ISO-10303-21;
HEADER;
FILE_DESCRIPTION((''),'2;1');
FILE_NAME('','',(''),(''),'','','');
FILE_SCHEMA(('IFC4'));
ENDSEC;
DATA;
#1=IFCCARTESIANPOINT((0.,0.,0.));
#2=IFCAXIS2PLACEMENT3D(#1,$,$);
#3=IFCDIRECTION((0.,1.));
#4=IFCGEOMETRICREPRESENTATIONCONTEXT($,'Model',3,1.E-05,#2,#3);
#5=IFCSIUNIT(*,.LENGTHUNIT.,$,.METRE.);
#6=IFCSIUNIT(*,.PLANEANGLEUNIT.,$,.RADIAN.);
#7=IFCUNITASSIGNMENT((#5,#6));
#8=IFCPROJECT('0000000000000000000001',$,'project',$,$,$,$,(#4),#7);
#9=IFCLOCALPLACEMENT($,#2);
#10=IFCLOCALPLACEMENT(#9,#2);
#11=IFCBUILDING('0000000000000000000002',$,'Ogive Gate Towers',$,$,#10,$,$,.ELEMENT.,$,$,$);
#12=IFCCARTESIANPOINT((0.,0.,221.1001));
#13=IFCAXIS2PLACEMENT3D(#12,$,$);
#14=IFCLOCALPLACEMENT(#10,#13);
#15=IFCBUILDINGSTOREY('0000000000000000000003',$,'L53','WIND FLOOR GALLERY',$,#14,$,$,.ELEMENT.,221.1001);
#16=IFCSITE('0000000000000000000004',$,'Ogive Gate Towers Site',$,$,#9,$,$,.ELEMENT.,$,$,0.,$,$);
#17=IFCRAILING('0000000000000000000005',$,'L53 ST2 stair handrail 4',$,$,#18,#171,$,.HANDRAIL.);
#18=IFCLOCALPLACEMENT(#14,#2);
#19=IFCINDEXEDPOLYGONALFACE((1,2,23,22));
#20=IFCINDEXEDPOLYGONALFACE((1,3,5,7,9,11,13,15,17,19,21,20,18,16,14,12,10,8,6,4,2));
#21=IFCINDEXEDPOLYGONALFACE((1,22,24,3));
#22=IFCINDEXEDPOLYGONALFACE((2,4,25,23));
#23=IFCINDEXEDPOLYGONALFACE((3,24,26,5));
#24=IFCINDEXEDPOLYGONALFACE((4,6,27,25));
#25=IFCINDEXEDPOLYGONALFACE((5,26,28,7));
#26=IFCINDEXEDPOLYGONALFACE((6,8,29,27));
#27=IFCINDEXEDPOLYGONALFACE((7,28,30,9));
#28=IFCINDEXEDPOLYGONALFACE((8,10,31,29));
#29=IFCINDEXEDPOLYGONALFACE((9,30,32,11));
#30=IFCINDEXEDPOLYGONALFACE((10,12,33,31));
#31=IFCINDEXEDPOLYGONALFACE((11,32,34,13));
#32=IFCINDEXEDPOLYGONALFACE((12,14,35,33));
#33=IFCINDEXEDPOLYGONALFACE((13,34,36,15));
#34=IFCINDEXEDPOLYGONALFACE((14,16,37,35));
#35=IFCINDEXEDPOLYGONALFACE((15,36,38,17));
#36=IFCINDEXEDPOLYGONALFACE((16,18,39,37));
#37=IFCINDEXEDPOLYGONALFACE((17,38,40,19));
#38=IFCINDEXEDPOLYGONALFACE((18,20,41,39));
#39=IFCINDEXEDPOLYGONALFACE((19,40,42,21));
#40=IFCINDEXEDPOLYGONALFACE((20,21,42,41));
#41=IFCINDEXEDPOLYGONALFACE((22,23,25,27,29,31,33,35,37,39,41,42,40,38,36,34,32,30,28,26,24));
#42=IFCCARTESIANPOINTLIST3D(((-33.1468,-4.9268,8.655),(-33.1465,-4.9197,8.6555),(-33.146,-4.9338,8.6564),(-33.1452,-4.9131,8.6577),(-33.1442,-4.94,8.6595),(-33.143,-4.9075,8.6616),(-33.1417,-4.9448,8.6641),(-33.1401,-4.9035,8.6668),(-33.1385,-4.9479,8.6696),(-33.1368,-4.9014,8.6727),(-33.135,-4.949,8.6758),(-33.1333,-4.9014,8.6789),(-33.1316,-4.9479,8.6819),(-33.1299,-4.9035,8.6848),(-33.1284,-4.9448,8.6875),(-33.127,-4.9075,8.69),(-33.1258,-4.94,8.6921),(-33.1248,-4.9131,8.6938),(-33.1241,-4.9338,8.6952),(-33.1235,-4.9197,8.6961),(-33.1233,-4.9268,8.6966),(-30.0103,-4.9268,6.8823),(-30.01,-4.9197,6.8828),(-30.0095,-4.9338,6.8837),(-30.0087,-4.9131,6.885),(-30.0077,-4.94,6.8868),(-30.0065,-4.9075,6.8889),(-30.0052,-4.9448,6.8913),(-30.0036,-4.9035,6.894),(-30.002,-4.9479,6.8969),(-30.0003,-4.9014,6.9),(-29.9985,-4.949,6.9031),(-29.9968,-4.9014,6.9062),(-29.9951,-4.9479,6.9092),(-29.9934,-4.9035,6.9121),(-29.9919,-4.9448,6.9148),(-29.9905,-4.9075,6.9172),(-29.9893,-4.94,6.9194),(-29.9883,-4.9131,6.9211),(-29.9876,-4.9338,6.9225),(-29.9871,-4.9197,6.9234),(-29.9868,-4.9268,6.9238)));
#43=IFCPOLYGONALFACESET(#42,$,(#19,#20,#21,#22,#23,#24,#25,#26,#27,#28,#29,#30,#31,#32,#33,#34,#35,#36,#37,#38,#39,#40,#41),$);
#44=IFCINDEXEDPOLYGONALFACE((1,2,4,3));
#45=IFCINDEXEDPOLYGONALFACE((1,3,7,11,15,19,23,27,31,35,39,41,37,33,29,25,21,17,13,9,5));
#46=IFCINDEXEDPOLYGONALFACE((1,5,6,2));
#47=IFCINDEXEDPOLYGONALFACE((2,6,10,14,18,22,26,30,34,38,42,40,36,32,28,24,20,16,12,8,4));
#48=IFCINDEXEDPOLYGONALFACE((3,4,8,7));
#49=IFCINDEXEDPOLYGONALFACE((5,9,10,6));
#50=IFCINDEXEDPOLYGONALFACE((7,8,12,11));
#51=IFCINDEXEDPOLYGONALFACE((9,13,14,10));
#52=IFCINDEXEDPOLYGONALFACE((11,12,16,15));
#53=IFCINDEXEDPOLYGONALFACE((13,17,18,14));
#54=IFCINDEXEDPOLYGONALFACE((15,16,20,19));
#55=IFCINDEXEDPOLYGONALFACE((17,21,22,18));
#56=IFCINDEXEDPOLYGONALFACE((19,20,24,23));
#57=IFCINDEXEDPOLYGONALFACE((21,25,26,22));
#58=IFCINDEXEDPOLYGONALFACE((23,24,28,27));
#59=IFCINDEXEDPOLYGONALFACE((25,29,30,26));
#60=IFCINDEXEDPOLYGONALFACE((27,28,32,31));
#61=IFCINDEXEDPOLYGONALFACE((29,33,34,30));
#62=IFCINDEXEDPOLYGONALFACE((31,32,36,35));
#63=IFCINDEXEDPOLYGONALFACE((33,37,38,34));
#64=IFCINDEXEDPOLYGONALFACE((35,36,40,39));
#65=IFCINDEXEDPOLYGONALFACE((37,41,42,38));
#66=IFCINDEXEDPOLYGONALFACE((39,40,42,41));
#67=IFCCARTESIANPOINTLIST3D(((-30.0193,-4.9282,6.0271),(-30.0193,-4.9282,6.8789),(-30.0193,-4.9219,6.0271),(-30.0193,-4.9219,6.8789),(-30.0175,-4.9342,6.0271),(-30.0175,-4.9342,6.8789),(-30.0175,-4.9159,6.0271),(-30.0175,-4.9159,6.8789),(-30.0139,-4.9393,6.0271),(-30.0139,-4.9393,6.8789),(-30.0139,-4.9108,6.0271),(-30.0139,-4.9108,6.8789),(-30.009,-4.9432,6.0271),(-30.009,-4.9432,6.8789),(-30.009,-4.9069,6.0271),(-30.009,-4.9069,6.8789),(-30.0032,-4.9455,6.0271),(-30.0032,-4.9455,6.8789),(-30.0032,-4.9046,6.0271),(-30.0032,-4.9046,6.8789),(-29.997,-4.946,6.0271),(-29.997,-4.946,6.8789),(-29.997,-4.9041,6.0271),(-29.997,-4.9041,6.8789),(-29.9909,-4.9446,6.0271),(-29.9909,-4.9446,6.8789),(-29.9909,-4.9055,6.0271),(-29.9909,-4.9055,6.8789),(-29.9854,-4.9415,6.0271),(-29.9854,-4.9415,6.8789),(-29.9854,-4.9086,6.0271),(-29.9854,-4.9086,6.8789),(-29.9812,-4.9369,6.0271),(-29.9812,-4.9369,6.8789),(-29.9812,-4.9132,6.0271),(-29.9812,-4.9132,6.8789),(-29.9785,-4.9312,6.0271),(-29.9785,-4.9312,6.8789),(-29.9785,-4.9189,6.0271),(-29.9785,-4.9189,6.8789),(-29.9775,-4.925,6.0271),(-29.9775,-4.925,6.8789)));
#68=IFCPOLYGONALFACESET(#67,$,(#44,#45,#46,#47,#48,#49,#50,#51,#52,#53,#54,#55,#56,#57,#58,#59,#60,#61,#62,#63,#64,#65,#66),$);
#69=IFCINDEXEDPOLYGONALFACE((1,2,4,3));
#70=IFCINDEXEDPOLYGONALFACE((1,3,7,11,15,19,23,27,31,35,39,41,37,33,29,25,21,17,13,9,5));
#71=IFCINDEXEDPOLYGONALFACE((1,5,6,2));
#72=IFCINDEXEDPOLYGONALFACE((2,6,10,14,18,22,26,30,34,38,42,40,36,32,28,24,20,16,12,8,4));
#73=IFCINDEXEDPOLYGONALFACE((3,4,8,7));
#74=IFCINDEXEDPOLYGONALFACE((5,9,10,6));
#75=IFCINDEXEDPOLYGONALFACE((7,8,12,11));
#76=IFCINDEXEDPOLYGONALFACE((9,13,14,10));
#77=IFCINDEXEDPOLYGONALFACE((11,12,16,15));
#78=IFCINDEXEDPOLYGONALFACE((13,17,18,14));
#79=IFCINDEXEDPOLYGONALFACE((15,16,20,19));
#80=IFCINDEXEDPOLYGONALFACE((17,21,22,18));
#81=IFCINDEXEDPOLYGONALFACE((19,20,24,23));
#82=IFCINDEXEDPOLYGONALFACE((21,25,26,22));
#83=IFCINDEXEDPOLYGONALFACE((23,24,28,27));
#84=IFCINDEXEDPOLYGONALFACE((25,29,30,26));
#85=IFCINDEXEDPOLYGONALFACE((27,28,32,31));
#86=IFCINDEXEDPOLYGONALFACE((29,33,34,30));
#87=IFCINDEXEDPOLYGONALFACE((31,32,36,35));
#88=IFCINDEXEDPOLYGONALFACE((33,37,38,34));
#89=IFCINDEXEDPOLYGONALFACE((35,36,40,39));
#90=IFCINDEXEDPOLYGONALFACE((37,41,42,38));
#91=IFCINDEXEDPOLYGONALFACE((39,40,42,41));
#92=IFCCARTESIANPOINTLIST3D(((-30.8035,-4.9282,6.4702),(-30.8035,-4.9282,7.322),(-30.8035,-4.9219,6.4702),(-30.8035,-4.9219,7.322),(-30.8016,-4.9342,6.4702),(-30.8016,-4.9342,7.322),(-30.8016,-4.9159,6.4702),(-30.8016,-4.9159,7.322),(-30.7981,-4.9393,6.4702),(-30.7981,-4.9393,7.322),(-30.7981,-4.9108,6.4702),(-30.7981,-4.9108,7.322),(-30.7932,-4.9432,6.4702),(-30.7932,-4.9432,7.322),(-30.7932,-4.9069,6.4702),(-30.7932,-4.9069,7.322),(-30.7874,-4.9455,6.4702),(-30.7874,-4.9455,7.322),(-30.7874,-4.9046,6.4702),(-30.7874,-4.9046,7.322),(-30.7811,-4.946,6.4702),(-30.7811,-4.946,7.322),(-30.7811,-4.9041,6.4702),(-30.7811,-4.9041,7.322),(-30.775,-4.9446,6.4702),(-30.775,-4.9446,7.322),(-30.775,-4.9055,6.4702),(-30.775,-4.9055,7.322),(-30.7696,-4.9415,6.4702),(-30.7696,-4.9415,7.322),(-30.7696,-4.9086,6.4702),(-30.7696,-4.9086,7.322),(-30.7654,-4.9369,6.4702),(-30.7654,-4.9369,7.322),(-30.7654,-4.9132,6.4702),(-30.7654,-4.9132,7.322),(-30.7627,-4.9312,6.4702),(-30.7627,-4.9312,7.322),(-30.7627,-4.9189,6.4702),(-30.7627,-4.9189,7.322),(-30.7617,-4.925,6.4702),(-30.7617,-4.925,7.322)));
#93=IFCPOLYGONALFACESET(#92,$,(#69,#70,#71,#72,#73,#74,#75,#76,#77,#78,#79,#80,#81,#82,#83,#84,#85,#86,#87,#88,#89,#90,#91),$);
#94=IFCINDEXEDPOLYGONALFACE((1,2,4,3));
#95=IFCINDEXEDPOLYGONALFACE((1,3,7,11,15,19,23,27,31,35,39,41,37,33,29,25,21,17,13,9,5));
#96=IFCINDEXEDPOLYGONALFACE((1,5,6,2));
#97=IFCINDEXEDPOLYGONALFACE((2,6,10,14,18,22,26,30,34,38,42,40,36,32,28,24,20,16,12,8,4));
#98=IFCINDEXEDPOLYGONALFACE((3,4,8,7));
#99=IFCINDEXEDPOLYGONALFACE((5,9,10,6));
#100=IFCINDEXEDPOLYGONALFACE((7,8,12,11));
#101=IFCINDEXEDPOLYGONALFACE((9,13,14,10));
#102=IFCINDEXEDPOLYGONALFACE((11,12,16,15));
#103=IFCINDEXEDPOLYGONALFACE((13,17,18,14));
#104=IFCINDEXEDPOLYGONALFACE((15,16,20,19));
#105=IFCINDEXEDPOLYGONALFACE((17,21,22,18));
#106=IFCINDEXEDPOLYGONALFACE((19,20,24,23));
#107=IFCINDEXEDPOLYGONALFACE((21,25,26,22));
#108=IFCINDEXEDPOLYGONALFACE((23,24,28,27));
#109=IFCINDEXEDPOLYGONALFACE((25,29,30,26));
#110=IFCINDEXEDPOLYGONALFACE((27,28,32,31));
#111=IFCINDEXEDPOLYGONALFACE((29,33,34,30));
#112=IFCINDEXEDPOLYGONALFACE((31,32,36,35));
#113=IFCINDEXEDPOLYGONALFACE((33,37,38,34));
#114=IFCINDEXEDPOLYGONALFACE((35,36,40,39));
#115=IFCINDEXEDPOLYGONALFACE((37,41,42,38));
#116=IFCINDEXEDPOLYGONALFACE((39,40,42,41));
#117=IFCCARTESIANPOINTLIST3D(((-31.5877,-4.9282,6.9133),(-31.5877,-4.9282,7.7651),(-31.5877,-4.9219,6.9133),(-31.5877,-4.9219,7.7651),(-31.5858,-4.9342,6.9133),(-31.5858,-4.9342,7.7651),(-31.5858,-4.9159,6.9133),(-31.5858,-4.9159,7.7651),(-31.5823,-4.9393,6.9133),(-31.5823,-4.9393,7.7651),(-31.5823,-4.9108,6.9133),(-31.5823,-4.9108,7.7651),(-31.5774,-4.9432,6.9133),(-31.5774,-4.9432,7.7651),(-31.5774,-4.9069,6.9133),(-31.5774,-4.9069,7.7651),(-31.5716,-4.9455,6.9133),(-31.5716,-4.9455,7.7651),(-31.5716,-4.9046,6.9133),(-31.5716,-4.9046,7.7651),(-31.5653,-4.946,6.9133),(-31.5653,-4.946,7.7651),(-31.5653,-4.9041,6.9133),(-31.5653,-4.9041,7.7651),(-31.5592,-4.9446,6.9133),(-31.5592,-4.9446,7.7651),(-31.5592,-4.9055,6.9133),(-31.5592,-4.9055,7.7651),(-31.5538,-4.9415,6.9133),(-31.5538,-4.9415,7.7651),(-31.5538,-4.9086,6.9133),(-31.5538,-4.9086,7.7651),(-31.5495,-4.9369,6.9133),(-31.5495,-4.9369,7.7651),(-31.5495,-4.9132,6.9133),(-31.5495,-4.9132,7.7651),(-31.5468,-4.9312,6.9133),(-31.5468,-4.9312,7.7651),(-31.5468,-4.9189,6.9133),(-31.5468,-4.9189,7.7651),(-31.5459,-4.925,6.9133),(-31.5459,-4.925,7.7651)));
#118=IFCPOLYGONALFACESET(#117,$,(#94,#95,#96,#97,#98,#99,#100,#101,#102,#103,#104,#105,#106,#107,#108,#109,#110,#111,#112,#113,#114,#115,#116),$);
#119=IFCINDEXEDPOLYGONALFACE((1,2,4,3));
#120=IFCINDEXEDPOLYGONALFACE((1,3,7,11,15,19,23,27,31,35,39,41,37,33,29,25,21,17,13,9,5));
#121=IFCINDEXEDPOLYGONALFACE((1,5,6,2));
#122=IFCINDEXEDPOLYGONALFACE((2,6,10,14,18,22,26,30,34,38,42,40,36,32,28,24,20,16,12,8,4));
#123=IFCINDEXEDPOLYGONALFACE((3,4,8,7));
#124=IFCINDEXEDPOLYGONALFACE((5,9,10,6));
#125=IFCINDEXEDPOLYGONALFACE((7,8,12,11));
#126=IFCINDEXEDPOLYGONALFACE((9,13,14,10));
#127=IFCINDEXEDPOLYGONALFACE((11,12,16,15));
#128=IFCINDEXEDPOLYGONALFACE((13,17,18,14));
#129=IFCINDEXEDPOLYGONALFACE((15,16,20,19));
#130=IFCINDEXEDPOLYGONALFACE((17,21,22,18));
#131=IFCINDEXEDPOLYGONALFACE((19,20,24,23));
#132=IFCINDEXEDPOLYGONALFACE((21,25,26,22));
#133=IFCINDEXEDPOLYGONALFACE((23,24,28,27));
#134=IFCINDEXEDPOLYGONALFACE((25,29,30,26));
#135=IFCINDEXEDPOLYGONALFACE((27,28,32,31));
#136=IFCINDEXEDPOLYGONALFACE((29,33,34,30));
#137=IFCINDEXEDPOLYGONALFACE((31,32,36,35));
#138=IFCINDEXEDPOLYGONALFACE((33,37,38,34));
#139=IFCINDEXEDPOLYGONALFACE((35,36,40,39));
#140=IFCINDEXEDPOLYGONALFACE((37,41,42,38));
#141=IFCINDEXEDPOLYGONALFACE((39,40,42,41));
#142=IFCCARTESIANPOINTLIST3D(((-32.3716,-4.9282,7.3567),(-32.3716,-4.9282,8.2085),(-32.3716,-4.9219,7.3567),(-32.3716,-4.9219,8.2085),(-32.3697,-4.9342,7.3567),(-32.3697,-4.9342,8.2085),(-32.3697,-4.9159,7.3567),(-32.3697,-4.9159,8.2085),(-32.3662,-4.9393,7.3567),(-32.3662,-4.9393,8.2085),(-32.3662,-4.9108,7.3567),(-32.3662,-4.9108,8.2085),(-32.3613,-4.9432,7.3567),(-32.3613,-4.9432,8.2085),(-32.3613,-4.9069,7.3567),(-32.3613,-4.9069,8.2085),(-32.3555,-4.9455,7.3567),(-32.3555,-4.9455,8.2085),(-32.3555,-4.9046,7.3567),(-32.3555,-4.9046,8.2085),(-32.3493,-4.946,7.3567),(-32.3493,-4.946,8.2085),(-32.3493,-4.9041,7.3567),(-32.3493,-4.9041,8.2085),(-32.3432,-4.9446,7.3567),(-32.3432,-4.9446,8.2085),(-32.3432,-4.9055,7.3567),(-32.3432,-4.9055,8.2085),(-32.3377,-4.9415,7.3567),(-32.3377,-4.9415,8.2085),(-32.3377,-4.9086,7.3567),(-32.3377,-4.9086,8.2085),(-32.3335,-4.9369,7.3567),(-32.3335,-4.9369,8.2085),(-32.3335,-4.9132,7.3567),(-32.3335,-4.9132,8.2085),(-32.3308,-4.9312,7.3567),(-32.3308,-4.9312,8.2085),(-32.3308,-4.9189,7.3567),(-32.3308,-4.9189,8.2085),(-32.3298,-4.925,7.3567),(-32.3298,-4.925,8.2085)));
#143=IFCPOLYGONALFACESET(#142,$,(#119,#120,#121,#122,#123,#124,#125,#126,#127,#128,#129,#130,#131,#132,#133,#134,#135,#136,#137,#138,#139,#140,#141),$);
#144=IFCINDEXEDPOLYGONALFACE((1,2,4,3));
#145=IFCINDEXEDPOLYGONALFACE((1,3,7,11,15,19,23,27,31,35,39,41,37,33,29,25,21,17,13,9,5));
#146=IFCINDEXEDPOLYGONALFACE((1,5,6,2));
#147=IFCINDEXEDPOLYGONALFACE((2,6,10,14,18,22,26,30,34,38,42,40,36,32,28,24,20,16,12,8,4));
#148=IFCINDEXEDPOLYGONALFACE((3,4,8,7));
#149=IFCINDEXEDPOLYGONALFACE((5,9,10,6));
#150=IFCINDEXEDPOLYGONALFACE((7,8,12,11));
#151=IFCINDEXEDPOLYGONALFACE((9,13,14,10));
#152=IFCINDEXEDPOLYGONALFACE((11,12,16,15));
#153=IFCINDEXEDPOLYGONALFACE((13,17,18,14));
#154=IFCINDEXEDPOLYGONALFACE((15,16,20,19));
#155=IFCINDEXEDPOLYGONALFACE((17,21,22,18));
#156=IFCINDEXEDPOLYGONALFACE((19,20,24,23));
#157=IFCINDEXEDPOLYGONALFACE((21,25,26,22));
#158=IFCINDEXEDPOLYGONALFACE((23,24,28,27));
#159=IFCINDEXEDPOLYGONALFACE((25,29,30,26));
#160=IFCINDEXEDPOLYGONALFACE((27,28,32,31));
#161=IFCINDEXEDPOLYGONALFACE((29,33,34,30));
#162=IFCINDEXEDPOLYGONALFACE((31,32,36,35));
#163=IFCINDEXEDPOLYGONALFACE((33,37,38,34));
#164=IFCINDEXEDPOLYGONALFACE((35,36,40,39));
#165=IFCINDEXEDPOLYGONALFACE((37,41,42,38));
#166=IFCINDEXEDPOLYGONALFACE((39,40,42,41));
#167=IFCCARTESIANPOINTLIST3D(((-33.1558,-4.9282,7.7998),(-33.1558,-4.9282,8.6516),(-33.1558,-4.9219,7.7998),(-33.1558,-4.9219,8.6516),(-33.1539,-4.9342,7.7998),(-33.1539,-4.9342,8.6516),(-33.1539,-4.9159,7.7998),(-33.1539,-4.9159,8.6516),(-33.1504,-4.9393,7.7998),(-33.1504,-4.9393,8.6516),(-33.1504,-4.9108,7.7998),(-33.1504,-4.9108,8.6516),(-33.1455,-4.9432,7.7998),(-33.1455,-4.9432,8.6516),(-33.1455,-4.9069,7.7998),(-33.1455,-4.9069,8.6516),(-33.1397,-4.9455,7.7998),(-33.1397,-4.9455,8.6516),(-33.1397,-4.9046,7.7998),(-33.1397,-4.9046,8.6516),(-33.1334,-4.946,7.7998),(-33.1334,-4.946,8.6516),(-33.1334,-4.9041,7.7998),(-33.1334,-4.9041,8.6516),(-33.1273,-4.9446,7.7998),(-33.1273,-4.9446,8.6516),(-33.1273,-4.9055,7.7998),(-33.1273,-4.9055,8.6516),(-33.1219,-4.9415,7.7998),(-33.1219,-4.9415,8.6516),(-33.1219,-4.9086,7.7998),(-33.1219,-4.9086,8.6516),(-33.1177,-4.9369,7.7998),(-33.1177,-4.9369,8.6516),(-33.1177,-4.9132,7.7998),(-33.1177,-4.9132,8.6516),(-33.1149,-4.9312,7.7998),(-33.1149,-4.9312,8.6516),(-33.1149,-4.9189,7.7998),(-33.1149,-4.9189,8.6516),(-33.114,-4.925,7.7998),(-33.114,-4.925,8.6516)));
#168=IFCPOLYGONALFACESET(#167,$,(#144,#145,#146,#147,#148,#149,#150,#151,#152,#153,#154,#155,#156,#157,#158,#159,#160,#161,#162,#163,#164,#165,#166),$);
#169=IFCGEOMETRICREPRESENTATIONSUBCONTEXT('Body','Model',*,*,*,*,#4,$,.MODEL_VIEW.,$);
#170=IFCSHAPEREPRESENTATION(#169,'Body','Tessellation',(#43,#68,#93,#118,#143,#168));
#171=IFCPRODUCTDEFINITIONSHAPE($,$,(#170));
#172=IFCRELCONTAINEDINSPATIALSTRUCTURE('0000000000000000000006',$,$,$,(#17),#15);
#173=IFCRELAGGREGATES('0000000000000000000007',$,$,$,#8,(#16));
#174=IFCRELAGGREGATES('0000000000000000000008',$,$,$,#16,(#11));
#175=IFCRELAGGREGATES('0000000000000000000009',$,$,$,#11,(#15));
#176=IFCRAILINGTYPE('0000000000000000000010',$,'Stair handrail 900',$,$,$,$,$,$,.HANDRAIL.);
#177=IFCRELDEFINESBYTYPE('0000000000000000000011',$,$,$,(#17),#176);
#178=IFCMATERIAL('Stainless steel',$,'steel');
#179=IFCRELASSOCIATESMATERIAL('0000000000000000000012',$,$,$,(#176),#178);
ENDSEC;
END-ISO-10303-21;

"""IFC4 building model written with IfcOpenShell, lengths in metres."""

from ifc_helpers import new_model, si_unit, direction, frame, origin, origin_2d, place, context, subcontext, project, spatial, circle, extrude, material, type_object, element, save


model = new_model("IFC4")

# Units and contexts
model_context = context("Model", 3, precision=1e-05, world=origin(), true_north=direction((0.0, 1.0)))
body_context = subcontext(model_context, "Body", "Model", "MODEL_VIEW")
ifc_project = project(units=[si_unit("LENGTHUNIT", "METRE"), si_unit("PLANEANGLEUNIT", "RADIAN")], contexts=[model_context])

# Site, building, storey
site_placement = place(None, origin())
site = spatial("IfcSite", under=ifc_project, at=site_placement, Name="Ogive Gate Towers Site", CompositionType="ELEMENT", RefElevation=0.0)
building_placement = place(site_placement, origin())
building = spatial("IfcBuilding", under=site, at=building_placement, Name="Ogive Gate Towers", CompositionType="ELEMENT")
storey_placement = place(building_placement, frame((0.0, 0.0, 221.1001)))
storey = spatial("IfcBuildingStorey", under=building, at=storey_placement, Name="L53", Description="WIND FLOOR GALLERY", CompositionType="ELEMENT", Elevation=221.1001)

# Railing
ifc_material_1 = material(Name="Stainless steel", Category="steel")
railing_type_1 = type_object("IfcRailingType", Name="Stair handrail 900", PredefinedType="HANDRAIL", material=ifc_material_1)
railing_1_placement = place(storey_placement, frame((-29.9985, -4.925, 6.0271)))
element("IfcRailing", 1, at=railing_1_placement, inside=storey, type_object=railing_type_1, Name="L53 ST2 stair handrail 4", PredefinedType="HANDRAIL", context=body_context, shape_type="SweptSolid", body=[
    extrude(circle(Radius=0.0239, at=origin_2d()), frame((0.0, 0.0, 0.876), z_axis=(-0.870573, 0.0, 0.492039), x_axis=(0.0, -1.0, 0.0)), (0.0, 0.0, 1.0), 3.6028),
    extrude(circle(Radius=0.021, at=origin_2d()), origin(), (0.0, 0.0, 1.0), 0.8518),
    extrude(circle(Radius=0.021, at=origin_2d()), frame((-0.7842, 0.0, 0.4431)), (0.0, 0.0, 1.0), 0.8518),
    extrude(circle(Radius=0.021, at=origin_2d()), frame((-1.5684, 0.0, 0.8862)), (0.0, 0.0, 1.0), 0.8518),
    extrude(circle(Radius=0.021, at=origin_2d()), frame((-2.3523, 0.0, 1.3296)), (0.0, 0.0, 1.0), 0.8518),
    extrude(circle(Radius=0.021, at=origin_2d()), frame((-3.1365, 0.0, 1.7727)), (0.0, 0.0, 1.0), 0.8518),
])

save(model, "model.ifc")
